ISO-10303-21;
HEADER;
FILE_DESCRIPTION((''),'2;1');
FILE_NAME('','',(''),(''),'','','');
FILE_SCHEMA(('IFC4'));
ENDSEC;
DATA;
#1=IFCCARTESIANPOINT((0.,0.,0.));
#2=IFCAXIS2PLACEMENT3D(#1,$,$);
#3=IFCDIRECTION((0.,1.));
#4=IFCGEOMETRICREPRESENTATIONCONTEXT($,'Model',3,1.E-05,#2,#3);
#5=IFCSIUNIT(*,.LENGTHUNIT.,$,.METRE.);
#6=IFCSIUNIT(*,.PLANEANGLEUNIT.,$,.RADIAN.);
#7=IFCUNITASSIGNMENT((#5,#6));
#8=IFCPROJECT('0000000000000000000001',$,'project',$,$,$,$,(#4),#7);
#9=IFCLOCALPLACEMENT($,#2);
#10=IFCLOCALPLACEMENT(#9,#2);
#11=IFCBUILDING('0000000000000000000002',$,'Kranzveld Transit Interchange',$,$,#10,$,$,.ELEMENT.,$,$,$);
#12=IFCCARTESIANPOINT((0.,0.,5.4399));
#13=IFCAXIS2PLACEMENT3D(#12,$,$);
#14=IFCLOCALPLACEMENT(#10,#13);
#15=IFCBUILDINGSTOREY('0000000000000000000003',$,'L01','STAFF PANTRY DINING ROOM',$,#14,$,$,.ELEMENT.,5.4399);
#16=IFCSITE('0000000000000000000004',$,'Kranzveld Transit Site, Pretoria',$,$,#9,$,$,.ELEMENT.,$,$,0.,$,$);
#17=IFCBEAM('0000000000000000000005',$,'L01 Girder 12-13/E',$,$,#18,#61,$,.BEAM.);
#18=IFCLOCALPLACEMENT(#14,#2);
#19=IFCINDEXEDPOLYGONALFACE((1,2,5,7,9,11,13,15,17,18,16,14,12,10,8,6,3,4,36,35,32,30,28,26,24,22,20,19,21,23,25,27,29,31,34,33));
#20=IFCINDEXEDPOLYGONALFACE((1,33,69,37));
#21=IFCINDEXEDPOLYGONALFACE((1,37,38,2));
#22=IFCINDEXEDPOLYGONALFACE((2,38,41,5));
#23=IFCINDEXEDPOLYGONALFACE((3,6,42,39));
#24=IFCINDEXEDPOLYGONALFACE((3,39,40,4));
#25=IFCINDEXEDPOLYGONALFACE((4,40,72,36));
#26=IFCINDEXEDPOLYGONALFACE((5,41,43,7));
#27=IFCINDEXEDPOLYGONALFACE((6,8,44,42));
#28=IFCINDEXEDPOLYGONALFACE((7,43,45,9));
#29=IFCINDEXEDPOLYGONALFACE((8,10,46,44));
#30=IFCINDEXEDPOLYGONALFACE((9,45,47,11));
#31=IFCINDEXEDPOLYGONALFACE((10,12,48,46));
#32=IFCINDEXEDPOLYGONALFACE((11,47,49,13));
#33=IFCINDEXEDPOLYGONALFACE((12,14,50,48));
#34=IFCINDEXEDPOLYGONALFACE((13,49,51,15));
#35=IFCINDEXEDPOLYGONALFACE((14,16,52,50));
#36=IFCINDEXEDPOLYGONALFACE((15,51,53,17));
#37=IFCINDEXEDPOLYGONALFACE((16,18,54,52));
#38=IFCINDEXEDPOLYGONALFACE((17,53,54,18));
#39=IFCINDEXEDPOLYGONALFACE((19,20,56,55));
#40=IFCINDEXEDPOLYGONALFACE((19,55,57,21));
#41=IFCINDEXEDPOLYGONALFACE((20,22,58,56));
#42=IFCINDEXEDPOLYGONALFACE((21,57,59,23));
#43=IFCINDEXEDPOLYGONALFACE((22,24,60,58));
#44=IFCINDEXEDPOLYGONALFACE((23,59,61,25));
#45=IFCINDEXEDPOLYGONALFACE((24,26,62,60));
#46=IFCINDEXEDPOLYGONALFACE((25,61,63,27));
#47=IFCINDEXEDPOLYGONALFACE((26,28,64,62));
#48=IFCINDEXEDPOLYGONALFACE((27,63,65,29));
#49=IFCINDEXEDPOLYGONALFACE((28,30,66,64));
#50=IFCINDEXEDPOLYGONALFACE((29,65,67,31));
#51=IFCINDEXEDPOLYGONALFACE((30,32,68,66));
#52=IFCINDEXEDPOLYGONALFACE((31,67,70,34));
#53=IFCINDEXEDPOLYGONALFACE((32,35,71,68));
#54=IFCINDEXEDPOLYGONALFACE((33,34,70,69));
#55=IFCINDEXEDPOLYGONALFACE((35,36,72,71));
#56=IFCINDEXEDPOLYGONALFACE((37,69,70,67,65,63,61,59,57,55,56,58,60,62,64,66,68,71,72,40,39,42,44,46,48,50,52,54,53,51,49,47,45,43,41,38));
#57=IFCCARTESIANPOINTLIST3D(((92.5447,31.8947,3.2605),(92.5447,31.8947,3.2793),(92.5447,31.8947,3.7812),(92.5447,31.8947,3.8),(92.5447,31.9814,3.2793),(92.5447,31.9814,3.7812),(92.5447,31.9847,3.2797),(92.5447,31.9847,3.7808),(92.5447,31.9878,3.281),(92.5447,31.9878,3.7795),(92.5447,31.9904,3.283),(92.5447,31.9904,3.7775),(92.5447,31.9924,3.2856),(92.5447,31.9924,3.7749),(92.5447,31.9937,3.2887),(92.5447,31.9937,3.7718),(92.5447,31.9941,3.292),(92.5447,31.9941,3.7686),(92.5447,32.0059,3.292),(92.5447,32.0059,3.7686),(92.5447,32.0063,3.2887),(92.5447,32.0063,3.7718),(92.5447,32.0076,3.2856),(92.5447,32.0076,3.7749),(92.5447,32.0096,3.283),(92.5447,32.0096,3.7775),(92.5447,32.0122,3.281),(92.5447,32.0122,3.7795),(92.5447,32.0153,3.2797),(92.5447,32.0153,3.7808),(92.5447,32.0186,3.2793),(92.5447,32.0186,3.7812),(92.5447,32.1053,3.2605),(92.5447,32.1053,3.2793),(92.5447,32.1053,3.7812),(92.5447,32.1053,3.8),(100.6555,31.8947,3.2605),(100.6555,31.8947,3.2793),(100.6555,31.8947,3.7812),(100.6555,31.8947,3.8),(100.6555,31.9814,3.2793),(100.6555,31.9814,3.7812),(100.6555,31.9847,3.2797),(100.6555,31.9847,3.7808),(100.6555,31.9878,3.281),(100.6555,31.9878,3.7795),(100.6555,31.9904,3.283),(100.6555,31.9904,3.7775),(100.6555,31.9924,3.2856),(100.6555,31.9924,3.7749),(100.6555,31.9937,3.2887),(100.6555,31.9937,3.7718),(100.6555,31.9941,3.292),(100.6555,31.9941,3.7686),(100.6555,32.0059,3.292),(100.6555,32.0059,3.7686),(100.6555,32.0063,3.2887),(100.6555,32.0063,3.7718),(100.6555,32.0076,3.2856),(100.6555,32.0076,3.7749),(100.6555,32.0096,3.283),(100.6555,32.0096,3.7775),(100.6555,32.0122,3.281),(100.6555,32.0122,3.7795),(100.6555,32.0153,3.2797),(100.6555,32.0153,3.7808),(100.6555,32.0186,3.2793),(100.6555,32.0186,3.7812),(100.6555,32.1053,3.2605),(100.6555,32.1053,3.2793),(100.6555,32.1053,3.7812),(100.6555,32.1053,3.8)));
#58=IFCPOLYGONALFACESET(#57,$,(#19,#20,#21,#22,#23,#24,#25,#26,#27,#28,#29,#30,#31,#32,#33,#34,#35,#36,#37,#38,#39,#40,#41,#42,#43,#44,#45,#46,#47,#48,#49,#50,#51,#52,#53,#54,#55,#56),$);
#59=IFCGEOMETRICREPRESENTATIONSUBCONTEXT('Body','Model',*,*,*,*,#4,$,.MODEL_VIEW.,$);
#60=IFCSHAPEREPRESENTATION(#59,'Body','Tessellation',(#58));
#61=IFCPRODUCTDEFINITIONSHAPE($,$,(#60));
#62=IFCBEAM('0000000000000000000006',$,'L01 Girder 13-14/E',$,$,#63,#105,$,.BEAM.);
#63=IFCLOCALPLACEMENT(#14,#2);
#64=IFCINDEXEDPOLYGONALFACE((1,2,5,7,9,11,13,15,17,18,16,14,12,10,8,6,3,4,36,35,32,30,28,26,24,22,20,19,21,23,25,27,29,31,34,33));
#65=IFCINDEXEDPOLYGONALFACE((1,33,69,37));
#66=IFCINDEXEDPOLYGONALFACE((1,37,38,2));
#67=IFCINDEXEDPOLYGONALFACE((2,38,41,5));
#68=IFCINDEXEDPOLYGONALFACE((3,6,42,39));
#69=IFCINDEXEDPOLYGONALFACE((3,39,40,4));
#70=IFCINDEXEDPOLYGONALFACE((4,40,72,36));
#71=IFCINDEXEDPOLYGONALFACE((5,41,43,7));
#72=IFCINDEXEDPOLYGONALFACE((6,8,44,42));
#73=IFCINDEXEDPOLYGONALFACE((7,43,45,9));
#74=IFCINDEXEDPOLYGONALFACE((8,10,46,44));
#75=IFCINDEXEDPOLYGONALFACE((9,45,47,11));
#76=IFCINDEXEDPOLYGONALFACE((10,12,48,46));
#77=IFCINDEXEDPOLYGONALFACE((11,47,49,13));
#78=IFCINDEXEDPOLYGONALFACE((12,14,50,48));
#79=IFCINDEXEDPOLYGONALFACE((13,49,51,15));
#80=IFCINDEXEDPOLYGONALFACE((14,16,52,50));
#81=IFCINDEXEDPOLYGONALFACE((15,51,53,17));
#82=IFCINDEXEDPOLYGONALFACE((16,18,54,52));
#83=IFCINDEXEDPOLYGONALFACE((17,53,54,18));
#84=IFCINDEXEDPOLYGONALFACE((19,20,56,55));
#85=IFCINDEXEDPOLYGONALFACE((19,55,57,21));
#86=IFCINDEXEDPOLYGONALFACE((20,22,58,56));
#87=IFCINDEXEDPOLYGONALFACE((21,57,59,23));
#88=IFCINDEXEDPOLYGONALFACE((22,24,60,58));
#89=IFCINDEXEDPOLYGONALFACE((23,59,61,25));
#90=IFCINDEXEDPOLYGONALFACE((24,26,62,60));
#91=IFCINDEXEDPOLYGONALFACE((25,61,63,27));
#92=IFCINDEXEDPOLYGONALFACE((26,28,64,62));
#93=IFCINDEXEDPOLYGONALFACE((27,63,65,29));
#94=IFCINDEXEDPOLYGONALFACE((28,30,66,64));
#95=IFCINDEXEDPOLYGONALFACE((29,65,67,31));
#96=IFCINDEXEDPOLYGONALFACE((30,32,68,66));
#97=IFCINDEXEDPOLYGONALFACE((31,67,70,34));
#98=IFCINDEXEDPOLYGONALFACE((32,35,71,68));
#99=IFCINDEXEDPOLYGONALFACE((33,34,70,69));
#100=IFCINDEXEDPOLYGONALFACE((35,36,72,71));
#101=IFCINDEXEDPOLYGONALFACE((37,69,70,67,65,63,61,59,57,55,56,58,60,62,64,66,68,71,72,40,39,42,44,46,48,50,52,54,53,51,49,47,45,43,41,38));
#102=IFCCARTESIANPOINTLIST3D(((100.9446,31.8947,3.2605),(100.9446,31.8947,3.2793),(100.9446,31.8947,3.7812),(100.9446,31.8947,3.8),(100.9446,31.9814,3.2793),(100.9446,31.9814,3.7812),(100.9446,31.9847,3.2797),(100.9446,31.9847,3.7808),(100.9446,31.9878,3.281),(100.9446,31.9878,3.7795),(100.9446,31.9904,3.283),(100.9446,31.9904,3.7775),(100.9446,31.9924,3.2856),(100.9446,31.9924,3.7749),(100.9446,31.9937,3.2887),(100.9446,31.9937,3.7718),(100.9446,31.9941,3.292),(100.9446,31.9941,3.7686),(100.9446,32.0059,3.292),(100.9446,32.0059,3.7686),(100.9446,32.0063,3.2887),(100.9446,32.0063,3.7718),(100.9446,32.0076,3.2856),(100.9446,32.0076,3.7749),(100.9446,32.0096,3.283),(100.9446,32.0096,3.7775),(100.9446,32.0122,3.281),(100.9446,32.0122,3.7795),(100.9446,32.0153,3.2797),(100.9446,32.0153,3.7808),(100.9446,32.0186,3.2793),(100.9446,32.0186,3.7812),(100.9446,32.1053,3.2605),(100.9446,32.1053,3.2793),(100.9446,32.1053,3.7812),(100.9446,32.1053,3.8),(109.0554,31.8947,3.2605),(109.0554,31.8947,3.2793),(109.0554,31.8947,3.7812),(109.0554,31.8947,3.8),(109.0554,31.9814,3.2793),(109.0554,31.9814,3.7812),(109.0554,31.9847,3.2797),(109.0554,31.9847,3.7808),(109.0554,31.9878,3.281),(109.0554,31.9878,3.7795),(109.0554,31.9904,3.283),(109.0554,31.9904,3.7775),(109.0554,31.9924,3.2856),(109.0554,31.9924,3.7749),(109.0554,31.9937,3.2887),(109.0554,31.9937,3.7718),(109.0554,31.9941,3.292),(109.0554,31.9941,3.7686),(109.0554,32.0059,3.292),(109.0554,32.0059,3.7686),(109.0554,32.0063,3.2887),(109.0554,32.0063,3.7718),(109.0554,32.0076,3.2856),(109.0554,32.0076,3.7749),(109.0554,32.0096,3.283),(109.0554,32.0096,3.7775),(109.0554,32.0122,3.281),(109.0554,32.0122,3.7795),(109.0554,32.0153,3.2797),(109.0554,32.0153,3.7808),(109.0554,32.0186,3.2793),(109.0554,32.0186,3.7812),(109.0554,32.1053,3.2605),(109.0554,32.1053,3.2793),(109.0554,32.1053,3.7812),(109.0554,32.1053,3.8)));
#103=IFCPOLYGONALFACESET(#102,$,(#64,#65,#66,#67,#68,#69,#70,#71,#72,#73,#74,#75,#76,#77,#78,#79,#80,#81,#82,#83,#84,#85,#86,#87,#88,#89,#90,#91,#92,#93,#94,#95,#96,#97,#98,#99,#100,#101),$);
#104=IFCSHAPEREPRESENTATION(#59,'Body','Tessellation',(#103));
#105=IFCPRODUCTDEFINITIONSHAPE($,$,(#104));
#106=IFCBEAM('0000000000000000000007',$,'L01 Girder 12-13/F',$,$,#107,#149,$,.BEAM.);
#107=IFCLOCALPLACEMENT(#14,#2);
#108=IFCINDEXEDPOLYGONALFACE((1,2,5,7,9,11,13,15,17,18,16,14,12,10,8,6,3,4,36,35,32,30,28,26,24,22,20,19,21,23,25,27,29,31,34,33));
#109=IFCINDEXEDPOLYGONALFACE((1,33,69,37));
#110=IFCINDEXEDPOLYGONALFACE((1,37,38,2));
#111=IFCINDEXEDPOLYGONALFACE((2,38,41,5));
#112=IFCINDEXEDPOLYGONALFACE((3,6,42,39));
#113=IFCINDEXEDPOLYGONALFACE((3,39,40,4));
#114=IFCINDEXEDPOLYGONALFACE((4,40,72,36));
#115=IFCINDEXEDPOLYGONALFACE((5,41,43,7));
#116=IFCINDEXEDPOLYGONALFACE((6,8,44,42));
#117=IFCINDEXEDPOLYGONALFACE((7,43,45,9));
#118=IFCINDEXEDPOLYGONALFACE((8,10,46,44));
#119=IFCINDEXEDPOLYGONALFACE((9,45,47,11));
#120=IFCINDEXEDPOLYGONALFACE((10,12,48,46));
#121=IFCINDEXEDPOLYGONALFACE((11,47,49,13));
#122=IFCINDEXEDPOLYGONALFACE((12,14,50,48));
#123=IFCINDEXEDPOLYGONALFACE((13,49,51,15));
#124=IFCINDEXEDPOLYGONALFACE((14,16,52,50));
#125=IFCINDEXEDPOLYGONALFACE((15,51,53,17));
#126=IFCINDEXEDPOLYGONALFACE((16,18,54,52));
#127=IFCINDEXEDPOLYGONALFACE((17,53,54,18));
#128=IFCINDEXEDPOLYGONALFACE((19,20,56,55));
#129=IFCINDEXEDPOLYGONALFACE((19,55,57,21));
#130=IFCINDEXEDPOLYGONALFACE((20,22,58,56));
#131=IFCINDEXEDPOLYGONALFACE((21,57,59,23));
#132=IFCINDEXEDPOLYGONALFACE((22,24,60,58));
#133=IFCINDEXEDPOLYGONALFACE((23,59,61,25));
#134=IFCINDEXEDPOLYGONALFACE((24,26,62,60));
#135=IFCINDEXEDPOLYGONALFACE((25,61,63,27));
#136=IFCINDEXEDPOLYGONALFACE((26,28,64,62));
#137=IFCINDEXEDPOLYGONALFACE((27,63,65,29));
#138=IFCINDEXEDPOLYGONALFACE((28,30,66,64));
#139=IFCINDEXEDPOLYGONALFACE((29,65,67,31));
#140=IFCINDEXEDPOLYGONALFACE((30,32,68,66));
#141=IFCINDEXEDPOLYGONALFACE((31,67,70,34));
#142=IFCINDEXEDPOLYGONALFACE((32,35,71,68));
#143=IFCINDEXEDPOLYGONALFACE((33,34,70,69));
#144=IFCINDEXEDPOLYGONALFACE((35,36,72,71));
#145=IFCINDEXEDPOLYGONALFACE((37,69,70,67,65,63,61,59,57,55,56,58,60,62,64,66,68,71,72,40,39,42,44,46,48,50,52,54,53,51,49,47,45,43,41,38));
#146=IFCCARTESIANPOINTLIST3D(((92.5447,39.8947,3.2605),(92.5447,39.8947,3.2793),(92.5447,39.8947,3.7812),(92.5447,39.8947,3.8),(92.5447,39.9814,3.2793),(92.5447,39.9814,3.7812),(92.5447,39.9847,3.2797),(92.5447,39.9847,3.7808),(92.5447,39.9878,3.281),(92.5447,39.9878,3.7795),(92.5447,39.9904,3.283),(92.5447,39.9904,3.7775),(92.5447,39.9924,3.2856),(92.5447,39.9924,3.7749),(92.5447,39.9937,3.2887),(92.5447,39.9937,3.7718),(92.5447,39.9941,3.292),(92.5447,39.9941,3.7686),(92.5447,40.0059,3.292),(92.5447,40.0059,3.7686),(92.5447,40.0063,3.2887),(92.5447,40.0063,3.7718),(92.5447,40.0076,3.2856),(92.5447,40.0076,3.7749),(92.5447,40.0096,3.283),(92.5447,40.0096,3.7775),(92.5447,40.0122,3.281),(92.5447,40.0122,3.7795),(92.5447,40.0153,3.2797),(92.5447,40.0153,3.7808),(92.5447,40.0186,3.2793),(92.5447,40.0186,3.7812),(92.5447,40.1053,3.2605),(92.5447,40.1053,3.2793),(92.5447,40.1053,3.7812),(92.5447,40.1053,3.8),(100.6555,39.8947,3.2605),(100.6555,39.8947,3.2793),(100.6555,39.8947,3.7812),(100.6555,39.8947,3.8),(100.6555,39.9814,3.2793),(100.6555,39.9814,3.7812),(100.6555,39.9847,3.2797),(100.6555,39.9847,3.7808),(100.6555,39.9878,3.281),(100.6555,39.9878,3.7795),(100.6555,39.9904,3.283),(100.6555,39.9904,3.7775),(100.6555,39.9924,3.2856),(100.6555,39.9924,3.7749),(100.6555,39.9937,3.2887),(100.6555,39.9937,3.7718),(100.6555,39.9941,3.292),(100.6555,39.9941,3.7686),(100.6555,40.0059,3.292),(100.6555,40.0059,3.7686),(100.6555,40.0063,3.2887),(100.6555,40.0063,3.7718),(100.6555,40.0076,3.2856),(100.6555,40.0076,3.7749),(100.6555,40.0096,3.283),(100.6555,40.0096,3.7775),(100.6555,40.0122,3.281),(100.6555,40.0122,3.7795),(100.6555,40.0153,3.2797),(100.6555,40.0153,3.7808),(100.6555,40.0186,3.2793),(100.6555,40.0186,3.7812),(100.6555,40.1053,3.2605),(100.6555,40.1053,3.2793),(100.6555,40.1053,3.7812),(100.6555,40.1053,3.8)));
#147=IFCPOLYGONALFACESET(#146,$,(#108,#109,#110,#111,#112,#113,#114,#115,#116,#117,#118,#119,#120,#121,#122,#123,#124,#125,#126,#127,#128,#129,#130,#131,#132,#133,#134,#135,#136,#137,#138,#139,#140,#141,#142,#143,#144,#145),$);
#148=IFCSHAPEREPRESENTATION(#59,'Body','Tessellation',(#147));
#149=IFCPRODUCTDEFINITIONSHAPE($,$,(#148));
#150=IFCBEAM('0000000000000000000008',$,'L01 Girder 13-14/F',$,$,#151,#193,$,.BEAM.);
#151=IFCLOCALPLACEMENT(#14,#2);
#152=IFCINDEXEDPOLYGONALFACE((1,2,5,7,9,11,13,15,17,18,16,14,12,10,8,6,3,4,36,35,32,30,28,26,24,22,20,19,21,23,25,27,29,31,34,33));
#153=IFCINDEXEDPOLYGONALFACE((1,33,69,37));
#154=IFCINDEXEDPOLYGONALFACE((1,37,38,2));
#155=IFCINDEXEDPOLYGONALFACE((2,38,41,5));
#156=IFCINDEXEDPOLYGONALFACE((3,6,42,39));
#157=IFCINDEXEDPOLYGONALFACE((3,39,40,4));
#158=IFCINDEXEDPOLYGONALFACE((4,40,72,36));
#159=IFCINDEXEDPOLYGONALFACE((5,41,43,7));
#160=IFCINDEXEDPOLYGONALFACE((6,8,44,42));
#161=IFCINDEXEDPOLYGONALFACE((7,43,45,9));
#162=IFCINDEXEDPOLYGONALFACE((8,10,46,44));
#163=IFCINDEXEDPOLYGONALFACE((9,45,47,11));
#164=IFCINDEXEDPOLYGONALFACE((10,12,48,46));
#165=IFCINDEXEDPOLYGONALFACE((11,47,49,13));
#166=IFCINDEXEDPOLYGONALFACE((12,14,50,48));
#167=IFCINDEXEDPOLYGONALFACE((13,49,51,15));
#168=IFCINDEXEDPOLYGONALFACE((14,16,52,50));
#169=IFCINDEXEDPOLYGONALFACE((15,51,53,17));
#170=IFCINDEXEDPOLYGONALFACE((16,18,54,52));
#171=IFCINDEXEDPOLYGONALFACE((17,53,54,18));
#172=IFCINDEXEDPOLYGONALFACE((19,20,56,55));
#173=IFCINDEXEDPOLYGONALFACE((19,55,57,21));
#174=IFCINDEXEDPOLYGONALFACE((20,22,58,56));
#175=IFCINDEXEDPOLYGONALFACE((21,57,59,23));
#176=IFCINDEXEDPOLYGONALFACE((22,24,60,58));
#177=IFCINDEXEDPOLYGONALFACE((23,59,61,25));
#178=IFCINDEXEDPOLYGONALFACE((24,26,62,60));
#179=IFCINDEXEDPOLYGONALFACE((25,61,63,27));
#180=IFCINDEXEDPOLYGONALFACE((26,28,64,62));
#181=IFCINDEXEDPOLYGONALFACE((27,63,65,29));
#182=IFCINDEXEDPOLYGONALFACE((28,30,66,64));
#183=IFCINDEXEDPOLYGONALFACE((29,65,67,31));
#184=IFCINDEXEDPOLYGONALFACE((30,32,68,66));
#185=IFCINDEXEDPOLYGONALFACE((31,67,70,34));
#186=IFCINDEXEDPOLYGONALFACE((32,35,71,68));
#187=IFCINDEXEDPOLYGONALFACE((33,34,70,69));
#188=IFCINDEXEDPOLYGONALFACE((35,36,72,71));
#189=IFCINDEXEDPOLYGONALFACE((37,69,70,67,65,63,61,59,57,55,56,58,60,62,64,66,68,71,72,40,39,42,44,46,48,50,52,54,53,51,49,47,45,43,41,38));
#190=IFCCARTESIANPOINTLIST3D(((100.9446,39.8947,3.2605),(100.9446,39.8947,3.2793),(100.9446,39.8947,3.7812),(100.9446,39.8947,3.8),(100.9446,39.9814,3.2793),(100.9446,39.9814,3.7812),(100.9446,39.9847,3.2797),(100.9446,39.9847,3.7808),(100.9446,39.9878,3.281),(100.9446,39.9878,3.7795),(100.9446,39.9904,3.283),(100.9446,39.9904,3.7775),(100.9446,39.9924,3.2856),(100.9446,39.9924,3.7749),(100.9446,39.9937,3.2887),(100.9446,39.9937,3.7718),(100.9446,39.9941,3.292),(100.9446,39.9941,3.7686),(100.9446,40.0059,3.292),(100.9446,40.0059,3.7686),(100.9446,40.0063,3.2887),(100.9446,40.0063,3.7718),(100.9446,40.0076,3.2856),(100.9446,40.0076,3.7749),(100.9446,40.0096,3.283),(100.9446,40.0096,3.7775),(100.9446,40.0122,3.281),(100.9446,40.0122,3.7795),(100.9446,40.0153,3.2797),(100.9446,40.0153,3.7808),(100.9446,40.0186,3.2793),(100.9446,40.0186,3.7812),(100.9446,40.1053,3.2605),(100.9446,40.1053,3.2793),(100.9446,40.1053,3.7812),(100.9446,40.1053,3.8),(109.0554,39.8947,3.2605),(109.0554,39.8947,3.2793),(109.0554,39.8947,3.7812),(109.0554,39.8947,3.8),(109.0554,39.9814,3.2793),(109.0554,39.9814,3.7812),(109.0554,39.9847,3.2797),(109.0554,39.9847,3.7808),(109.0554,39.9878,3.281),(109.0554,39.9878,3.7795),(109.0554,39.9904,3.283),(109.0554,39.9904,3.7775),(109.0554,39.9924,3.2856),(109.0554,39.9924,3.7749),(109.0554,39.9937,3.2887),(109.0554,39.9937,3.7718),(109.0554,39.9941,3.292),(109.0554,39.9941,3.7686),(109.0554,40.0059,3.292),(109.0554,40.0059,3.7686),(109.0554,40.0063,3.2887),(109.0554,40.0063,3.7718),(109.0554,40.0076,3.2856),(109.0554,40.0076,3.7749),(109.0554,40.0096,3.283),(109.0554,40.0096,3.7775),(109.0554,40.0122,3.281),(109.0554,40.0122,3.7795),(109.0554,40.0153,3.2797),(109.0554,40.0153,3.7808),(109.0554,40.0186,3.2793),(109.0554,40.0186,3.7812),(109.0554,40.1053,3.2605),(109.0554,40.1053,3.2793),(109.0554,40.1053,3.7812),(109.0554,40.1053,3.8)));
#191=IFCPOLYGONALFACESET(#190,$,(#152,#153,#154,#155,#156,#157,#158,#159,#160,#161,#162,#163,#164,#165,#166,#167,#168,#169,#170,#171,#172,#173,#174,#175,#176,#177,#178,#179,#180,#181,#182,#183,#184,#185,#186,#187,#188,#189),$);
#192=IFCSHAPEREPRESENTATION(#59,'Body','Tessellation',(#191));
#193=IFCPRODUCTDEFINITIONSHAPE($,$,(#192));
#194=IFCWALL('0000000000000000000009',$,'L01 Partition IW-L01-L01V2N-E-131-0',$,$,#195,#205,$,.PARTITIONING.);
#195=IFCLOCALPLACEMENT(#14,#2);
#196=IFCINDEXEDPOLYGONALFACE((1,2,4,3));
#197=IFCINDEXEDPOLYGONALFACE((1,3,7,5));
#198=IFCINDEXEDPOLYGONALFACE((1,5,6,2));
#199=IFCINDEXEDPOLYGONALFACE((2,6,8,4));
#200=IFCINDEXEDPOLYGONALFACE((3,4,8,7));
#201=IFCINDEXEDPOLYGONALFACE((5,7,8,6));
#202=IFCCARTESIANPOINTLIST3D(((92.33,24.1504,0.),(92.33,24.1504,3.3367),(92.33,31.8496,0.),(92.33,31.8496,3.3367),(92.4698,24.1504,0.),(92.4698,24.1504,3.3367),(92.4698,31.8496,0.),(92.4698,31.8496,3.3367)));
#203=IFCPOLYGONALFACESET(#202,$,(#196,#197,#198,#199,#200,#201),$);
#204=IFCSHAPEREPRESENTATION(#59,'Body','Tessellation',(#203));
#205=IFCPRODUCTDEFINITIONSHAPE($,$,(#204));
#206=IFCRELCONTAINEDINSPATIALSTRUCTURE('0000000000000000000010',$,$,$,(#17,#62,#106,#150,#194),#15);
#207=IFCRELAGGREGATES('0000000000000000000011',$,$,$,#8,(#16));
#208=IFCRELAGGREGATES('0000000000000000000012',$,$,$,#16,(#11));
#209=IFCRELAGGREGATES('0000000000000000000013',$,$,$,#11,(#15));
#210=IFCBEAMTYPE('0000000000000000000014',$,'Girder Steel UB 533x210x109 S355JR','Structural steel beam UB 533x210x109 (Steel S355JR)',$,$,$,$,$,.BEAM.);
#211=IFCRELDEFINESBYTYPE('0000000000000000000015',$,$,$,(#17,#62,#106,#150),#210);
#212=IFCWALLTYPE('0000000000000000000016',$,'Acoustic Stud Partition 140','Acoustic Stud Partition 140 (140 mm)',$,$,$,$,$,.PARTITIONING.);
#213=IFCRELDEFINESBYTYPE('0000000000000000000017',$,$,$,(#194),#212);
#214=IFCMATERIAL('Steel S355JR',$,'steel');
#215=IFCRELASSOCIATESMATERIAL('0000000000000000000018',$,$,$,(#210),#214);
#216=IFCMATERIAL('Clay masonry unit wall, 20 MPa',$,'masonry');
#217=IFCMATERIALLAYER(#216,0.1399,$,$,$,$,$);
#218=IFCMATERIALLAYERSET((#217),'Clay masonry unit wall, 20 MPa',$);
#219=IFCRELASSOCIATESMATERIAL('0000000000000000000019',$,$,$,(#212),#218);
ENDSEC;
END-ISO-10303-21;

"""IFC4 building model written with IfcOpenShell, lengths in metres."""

from ifc_helpers import new_model, si_unit, direction, frame, frame_2d, origin, origin_2d, place, context, subcontext, project, spatial, rectangle, i_section, extrude, material, layer, layer_set, material_profile, profile_set, type_object, element, save


model = new_model("IFC4")

# Units and contexts
model_context = context("Model", 3, precision=1e-05, world=origin(), true_north=direction((0.0, 1.0)))
body_context = subcontext(model_context, "Body", "Model", "MODEL_VIEW")
ifc_project = project(units=[si_unit("LENGTHUNIT", "METRE"), si_unit("PLANEANGLEUNIT", "RADIAN")], contexts=[model_context])

# Site, building, storey
site_placement = place(None, origin())
site = spatial("IfcSite", under=ifc_project, at=site_placement, Name="Kranzveld Transit Site, Pretoria", CompositionType="ELEMENT", RefElevation=0.0)
building_placement = place(site_placement, origin())
building = spatial("IfcBuilding", under=site, at=building_placement, Name="Kranzveld Transit Interchange", CompositionType="ELEMENT")
storey_placement = place(building_placement, frame((0.0, 0.0, 5.4399)))
storey = spatial("IfcBuildingStorey", under=building, at=storey_placement, Name="L01", Description="STAFF PANTRY DINING ROOM", CompositionType="ELEMENT", Elevation=5.4399)

# Beams
ifc_material_1 = material(Name="Steel S355JR", Category="steel")
ifc_material_profile_1 = material_profile(ifc_material_1, i_section(OverallWidth=0.2107, OverallDepth=0.5396, WebThickness=0.0117, FlangeThickness=0.0188, FilletRadius=0.0127, at=origin_2d()), Name="UB 533x210x109")
ifc_profile_set_1 = profile_set([ifc_material_profile_1], Name="Steel S355JR")
beam_type_1 = type_object("IfcBeamType", Name="Girder Steel UB 533x210x109 S355JR", Description="Structural steel beam UB 533x210x109 (Steel S355JR)", PredefinedType="BEAM", material=ifc_profile_set_1)
for number, where, z_axis, x_axis, name in (
    (1, (92.5447, 32.0, 3.5303), (1.0, 0.0, 0.0), (0.0, 1.0, 0.0), "L01 Girder 12-13/E"),
    (2, (100.9446, 32.0, 3.5303), (1.0, 0.0, 0.0), (0.0, 1.0, 0.0), "L01 Girder 13-14/E"),
    (3, (92.5447, 40.0, 3.5303), (1.0, 0.0, 0.0), (0.0, 1.0, 0.0), "L01 Girder 12-13/F"),
    (4, (100.9446, 40.0, 3.5303), (1.0, 0.0, 0.0), (0.0, 1.0, 0.0), "L01 Girder 13-14/F"),
):
    element("IfcBeam", number, at=place(storey_placement, frame(where, z_axis=z_axis, x_axis=x_axis)), inside=storey, type_object=beam_type_1, Name=name, PredefinedType="BEAM", context=body_context, shape_type="SweptSolid", body=[
        extrude(i_section(OverallWidth=0.2107, OverallDepth=0.5396, WebThickness=0.0117, FlangeThickness=0.0188, FilletRadius=0.0127, at=origin_2d()), origin(), (0.0, 0.0, 1.0), 8.1108),
    ])

# Wall
ifc_material_2 = material(Name="Clay masonry unit wall, 20 MPa", Category="masonry")
ifc_layer_1 = layer(ifc_material_2, 0.1399)
ifc_layer_set_1 = layer_set([ifc_layer_1], Name="Clay masonry unit wall, 20 MPa")
wall_type_1 = type_object("IfcWallType", Name="Acoustic Stud Partition 140", Description="Acoustic Stud Partition 140 (140 mm)", PredefinedType="PARTITIONING", material=ifc_layer_set_1)
wall_1_placement = place(storey_placement, frame((92.3999, 24.1504, 0.0), z_axis=(0.0, 0.0, 1.0), x_axis=(0.0, 1.0, 0.0)))
element("IfcWall", 5, at=wall_1_placement, inside=storey, type_object=wall_type_1, Name="L01 Partition IW-L01-L01V2N-E-131-0", PredefinedType="PARTITIONING", context=body_context, shape_type="SweptSolid", body=[
    extrude(rectangle(XDim=7.6992, YDim=0.1399, at=frame_2d((3.8496, 0.0))), origin(), (0.0, 0.0, 1.0), 3.3367),
])

save(model, "model.ifc")
